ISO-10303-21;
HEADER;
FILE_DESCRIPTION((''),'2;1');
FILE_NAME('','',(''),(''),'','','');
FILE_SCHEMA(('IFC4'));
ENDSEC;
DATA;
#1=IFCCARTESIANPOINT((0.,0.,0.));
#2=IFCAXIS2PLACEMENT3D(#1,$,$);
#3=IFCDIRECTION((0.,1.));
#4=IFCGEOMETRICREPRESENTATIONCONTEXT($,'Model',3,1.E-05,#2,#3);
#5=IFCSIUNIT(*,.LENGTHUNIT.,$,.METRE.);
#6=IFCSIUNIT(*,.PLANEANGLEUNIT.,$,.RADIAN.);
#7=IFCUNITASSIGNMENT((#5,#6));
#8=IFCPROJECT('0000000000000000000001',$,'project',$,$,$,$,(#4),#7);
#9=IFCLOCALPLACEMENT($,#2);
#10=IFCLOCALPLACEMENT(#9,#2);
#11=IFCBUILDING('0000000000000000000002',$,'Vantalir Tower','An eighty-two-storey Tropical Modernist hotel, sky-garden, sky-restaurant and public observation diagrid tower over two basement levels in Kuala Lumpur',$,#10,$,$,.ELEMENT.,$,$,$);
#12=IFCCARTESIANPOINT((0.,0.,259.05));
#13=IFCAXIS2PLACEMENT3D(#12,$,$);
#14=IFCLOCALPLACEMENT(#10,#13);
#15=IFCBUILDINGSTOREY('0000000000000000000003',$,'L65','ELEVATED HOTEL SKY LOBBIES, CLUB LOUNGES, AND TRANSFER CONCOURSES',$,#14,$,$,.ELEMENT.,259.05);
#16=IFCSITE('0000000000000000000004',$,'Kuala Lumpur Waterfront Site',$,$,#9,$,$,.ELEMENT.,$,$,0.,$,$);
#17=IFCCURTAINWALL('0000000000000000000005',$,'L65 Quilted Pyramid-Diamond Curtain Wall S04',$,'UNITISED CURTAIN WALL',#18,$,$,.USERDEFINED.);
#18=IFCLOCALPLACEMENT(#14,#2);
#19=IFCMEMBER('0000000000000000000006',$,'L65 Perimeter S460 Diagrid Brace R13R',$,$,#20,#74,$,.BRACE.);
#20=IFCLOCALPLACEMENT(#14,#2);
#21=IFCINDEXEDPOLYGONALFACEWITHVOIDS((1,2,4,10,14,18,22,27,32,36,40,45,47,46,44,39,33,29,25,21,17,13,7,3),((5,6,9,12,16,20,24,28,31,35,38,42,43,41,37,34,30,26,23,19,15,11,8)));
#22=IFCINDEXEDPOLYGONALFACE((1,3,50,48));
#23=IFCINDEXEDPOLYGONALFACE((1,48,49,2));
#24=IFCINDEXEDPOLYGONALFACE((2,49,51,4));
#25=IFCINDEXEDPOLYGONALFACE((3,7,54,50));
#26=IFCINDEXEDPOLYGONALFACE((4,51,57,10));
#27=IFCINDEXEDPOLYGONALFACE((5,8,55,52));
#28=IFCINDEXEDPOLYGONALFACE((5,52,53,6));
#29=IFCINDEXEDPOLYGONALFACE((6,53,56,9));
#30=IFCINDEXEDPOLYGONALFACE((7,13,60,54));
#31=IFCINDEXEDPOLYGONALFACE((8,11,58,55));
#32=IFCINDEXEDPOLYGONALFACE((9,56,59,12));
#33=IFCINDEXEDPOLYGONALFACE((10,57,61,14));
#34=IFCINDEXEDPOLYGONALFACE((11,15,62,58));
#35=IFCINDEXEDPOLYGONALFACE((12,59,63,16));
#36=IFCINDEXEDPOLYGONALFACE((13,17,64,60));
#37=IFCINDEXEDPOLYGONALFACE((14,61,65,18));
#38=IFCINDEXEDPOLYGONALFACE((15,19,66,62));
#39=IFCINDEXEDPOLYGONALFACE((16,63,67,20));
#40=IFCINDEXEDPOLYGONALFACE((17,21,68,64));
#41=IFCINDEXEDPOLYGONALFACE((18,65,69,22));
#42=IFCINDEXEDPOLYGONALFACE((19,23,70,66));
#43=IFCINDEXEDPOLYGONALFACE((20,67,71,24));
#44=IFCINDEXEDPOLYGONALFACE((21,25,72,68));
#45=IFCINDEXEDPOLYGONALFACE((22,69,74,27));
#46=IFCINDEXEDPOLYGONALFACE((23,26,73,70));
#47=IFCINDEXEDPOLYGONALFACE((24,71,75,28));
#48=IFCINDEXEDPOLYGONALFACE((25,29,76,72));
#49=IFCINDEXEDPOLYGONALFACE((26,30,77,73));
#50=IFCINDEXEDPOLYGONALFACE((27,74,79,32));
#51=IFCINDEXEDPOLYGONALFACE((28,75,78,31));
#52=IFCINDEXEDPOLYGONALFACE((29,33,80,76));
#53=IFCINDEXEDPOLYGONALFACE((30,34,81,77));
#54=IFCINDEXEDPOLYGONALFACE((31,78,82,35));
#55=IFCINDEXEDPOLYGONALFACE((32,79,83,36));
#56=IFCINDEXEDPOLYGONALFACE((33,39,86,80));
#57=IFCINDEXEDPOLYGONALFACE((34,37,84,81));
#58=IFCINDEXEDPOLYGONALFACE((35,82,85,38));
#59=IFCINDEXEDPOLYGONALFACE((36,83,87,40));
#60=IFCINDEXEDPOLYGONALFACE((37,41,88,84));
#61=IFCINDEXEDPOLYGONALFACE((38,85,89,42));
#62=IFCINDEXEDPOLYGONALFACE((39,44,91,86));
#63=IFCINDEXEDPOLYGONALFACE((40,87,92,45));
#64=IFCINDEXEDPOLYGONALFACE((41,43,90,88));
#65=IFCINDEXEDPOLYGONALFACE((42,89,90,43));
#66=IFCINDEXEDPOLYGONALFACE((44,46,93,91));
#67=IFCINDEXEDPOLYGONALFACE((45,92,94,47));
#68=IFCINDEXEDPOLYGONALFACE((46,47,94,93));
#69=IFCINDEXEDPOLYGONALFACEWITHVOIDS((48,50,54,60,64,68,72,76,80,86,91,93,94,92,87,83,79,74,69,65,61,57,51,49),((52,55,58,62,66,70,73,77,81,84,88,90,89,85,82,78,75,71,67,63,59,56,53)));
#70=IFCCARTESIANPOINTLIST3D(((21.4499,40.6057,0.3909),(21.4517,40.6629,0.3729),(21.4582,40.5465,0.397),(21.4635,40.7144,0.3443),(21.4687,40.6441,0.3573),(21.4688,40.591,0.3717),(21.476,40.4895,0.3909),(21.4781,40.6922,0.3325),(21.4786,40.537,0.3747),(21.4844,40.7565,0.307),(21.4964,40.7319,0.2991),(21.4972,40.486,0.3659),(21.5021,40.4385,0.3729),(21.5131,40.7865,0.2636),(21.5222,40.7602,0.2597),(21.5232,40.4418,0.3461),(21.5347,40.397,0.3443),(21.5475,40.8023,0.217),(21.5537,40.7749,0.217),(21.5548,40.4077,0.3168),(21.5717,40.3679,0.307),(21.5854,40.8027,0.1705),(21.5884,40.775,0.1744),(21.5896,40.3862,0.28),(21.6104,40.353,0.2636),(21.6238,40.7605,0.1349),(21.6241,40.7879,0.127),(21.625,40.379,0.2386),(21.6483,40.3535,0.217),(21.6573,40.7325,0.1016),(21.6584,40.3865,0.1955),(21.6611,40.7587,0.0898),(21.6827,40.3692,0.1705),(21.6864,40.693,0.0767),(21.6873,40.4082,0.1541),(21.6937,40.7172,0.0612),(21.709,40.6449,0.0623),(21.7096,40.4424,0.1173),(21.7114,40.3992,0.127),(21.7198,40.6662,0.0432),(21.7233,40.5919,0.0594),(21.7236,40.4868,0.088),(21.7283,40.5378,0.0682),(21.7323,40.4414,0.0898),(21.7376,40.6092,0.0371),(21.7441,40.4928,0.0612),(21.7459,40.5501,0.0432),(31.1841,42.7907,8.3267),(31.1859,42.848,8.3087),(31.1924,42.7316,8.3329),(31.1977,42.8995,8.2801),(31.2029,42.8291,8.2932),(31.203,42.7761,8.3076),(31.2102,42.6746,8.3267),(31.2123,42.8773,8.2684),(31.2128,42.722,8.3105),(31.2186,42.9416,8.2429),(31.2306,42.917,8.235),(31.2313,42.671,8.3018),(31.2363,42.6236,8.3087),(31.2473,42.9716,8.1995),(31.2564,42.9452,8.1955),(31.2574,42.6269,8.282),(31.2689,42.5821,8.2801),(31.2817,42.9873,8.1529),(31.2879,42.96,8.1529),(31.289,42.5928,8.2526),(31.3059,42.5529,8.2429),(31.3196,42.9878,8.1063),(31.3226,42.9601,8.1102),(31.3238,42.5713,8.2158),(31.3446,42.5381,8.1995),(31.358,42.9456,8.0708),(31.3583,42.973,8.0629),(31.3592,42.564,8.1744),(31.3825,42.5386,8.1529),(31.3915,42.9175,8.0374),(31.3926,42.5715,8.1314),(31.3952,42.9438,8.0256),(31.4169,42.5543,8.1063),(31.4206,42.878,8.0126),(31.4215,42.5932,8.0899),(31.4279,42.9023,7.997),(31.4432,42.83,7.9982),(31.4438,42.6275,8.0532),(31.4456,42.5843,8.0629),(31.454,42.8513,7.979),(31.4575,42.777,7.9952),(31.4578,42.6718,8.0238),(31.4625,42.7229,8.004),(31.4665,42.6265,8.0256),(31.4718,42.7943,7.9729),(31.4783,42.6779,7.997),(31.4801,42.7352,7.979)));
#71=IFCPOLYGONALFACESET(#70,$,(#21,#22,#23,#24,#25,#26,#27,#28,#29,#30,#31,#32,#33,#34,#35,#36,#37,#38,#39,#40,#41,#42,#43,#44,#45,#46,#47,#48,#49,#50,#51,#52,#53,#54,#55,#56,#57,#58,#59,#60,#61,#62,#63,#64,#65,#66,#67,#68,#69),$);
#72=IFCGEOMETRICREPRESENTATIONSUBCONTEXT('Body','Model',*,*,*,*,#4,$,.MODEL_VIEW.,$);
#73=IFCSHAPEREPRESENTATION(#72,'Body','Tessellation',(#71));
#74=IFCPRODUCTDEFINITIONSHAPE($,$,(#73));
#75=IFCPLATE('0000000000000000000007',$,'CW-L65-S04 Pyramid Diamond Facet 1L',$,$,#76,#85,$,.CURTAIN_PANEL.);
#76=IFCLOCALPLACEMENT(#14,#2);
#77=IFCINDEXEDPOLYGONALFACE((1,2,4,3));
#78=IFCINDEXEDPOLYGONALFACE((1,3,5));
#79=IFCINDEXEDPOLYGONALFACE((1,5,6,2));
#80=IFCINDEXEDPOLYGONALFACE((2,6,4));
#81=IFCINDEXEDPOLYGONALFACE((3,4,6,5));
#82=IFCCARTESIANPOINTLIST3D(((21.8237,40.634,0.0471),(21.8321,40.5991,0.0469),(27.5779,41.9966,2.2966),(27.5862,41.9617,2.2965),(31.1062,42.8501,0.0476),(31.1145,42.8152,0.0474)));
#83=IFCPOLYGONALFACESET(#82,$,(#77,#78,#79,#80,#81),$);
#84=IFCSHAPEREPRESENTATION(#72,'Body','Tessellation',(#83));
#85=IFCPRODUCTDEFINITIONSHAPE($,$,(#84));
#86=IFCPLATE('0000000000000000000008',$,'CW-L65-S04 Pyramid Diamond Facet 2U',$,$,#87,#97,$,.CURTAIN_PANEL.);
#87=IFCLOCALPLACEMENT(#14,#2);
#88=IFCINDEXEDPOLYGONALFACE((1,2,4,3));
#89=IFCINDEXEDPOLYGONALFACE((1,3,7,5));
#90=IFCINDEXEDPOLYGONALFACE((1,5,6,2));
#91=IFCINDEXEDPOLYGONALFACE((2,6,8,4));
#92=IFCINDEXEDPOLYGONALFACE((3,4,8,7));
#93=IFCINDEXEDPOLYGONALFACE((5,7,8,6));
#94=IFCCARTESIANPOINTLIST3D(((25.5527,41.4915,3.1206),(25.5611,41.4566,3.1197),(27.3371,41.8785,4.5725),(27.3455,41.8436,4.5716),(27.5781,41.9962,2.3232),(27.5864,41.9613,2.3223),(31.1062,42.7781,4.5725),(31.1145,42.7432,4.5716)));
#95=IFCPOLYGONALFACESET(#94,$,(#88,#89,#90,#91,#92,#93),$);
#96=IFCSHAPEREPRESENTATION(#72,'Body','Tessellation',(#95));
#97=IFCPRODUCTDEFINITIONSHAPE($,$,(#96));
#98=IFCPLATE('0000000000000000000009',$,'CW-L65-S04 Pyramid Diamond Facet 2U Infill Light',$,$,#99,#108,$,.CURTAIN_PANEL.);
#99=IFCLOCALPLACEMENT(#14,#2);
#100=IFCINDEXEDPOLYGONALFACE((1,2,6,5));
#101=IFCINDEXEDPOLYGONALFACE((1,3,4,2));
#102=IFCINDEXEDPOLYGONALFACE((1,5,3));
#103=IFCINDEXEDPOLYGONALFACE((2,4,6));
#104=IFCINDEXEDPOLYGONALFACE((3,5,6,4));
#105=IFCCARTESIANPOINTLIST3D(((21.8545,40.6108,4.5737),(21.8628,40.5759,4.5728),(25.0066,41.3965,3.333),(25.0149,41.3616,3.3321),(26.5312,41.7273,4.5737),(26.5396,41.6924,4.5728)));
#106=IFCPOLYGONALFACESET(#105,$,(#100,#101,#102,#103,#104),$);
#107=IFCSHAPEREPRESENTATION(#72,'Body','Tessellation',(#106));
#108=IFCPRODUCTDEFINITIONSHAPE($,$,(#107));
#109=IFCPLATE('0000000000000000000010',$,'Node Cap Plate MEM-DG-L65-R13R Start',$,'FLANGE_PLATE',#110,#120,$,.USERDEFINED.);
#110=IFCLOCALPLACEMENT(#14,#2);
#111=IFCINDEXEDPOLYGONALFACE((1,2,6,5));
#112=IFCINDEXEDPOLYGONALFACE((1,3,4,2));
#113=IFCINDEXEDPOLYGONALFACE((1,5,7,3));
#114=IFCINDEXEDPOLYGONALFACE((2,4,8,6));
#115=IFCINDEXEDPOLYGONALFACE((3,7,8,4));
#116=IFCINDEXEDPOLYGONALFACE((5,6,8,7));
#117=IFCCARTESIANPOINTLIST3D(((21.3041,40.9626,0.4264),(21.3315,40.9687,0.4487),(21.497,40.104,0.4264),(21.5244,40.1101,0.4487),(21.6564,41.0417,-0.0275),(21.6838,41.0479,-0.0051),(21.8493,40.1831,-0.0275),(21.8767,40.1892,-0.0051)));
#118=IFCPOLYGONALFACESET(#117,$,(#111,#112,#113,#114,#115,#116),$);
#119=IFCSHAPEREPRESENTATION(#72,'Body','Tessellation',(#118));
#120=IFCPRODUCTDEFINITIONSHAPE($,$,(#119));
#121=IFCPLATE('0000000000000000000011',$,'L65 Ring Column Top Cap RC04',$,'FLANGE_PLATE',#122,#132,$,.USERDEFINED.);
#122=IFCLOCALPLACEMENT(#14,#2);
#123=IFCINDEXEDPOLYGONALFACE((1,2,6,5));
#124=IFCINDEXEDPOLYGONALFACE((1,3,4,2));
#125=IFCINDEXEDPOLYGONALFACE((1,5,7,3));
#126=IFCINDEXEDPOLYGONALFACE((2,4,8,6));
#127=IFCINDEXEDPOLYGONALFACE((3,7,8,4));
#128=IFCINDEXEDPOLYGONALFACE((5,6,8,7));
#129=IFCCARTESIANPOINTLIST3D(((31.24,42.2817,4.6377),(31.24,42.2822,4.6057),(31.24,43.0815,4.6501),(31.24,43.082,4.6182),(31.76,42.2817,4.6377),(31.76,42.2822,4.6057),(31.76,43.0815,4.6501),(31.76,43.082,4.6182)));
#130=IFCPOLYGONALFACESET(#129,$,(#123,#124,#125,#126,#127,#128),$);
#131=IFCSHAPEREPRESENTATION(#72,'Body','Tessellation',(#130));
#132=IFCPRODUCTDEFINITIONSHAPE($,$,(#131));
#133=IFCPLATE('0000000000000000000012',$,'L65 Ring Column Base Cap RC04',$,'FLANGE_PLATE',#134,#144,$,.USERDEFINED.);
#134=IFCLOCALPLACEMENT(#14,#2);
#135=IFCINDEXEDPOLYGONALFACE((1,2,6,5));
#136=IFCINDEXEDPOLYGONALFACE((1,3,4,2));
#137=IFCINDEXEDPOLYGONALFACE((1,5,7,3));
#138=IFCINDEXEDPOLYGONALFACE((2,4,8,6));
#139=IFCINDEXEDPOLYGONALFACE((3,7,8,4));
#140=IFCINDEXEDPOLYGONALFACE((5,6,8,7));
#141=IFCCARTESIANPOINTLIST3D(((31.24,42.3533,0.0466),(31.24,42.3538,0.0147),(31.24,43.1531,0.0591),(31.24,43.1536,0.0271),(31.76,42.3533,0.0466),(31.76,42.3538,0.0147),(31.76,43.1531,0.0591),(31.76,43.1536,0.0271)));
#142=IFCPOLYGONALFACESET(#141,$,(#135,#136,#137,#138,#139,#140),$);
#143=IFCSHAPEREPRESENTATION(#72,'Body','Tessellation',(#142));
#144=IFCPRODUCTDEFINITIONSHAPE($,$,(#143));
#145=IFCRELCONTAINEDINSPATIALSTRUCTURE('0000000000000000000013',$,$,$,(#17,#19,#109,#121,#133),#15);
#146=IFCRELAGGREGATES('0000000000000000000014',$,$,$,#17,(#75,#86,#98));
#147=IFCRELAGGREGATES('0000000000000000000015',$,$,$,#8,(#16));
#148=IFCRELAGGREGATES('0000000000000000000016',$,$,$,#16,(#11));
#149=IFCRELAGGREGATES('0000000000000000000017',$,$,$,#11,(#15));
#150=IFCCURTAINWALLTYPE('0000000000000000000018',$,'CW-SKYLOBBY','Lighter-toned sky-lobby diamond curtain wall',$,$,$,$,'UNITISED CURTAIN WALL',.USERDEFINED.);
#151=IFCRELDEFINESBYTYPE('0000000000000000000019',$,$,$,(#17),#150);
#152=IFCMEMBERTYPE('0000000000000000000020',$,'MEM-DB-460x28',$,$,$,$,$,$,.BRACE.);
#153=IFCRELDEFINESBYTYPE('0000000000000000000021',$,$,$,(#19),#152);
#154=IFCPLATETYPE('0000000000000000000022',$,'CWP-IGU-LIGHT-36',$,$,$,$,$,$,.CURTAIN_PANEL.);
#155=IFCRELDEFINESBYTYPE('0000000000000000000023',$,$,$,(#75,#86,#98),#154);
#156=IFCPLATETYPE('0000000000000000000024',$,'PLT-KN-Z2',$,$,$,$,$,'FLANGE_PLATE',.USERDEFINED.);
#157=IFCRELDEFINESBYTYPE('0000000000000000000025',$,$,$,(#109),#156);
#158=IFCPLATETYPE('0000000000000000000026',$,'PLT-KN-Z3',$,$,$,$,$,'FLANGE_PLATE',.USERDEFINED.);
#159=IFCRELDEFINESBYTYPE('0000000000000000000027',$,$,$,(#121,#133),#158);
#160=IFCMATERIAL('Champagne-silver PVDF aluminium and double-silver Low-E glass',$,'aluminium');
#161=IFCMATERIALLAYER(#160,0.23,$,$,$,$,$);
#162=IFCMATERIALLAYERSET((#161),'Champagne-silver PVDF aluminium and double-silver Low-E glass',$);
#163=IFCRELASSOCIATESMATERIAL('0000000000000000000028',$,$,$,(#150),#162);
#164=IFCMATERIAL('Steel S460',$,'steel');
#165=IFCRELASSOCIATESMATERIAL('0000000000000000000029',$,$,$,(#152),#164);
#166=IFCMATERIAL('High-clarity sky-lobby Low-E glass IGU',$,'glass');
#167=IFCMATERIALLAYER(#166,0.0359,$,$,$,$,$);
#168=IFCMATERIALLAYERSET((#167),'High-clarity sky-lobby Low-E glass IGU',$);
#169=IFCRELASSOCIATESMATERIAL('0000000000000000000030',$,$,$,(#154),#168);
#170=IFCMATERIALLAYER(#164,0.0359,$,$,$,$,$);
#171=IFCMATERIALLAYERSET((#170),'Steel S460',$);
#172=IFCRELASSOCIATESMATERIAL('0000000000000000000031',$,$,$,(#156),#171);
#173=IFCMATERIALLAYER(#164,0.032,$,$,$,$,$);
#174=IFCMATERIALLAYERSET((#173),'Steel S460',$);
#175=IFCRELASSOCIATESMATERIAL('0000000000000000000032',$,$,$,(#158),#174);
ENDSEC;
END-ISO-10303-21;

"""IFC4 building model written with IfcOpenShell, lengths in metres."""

from ifc_helpers import new_model, si_unit, direction, frame, origin, origin_2d, place, context, subcontext, project, spatial, polyline, hollow_circle, outline, extrude, material, layer, layer_set, material_profile, profile_set, type_object, element, aggregate, save


model = new_model("IFC4")

# Units and contexts
model_context = context("Model", 3, precision=1e-05, world=origin(), true_north=direction((0.0, 1.0)))
body_context = subcontext(model_context, "Body", "Model", "MODEL_VIEW")
ifc_project = project(units=[si_unit("LENGTHUNIT", "METRE"), si_unit("PLANEANGLEUNIT", "RADIAN")], contexts=[model_context])

# Site, building, storey
site_placement = place(None, origin())
site = spatial("IfcSite", under=ifc_project, at=site_placement, Name="Kuala Lumpur Waterfront Site", CompositionType="ELEMENT", RefElevation=0.0)
building_placement = place(site_placement, origin())
building = spatial("IfcBuilding", under=site, at=building_placement, Name="Vantalir Tower", Description="An eighty-two-storey Tropical Modernist hotel, sky-garden, sky-restaurant and public observation diagrid tower over two basement levels in Kuala Lumpur", CompositionType="ELEMENT")
storey_placement = place(building_placement, frame((0.0, 0.0, 259.05)))
storey = spatial("IfcBuildingStorey", under=building, at=storey_placement, Name="L65", Description="ELEVATED HOTEL SKY LOBBIES, CLUB LOUNGES, AND TRANSFER CONCOURSES", CompositionType="ELEMENT", Elevation=259.05)

# Shared definitions
ifc_material_1 = material(Name="Steel S460", Category="steel")

# Curtain wall
ifc_material_2 = material(Name="Champagne-silver PVDF aluminium and double-silver Low-E glass", Category="aluminium")
ifc_layer_1 = layer(ifc_material_2, 0.23)
ifc_layer_set_1 = layer_set([ifc_layer_1], Name="Champagne-silver PVDF aluminium and double-silver Low-E glass")
curtain_wall_type = type_object("IfcCurtainWallType", Name="CW-SKYLOBBY", Description="Lighter-toned sky-lobby diamond curtain wall", ElementType="UNITISED CURTAIN WALL", PredefinedType="USERDEFINED", material=ifc_layer_set_1)
curtain_wall_placement = place(storey_placement, origin())
curtain_wall = element("IfcCurtainWall", 1, at=curtain_wall_placement, inside=storey, type_object=curtain_wall_type, Name="L65 Quilted Pyramid-Diamond Curtain Wall S04", ObjectType="UNITISED CURTAIN WALL", PredefinedType="USERDEFINED")

# Member
ifc_material_profile_1 = material_profile(ifc_material_1, hollow_circle(Radius=0.23, WallThickness=0.0281, at=origin_2d()), Name="Steel S460")
ifc_profile_set_1 = profile_set([ifc_material_profile_1], Name="Steel S460")
member_type_1 = type_object("IfcMemberType", Name="MEM-DB-460x28", PredefinedType="BRACE", material=ifc_profile_set_1)
member_1_placement = place(storey_placement, frame((21.5979, 40.5779, 0.217), z_axis=(0.763597, 0.171408, 0.622526), x_axis=(-0.219024, 0.97572, 0.0)))
element("IfcMember", 2, at=member_1_placement, inside=storey, type_object=member_type_1, Name="L65 Perimeter S460 Diagrid Brace R13R", PredefinedType="BRACE", context=body_context, shape_type="SweptSolid", body=[
    extrude(hollow_circle(Radius=0.23, WallThickness=0.0281, at=origin_2d()), origin(), (0.0, 0.0, 1.0), 12.7478),
])

# Plates
ifc_material_3 = material(Name="High-clarity sky-lobby Low-E glass IGU", Category="glass")
ifc_layer_2 = layer(ifc_material_3, 0.0359)
ifc_layer_set_2 = layer_set([ifc_layer_2], Name="High-clarity sky-lobby Low-E glass IGU")
plate_type_1 = type_object("IfcPlateType", Name="CWP-IGU-LIGHT-36", PredefinedType="CURTAIN_PANEL", material=ifc_layer_set_2)
plate_1_placement = place(storey_placement, frame((31.1062, 42.8501, 0.0476), z_axis=(-0.232208, 0.972654, 0.004833), x_axis=(-0.972665, -0.232211, -0.000051)))
plate_1 = element("IfcPlate", 3, at=plate_1_placement, type_object=plate_type_1, Name="CW-L65-S04 Pyramid Diamond Facet 1L", PredefinedType="CURTAIN_PANEL", context=body_context, shape_type="SweptSolid", body=[
    extrude(outline(polyline([(0.0, 0.0), (9.5433, 0.0), (3.63, 2.2492), (0.0, 0.0)])), origin(), (0.0, 0.0, -1.0), 0.0359),
])
plate_2_placement = place(storey_placement, frame((31.1062, 42.7781, 4.5725), z_axis=(-0.232073, 0.972351, 0.026009), x_axis=(-0.97268, -0.232151, 0.000001)))
plate_2 = element("IfcPlate", 4, at=plate_2_placement, type_object=plate_type_1, Name="CW-L65-S04 Pyramid Diamond Facet 2U", PredefinedType="CURTAIN_PANEL", context=body_context, shape_type="SweptSolid", body=[
    extrude(outline(polyline([(0.0, 0.0), (3.8749, 0.0), (5.7004, -1.4524), (3.6132, -2.25), (0.0, 0.0)])), origin(), (0.0, 0.0, -1.0), 0.0359),
])
plate_3_placement = place(storey_placement, frame((26.5312, 41.7273, 4.5737), z_axis=(-0.232121, 0.97234, 0.025989), x_axis=(-0.972668, -0.232199, 0.0)))
plate_3 = element("IfcPlate", 5, at=plate_3_placement, type_object=plate_type_1, Name="CW-L65-S04 Pyramid Diamond Facet 2U Infill Light", PredefinedType="CURTAIN_PANEL", context=body_context, shape_type="SweptSolid", body=[
    extrude(outline(polyline([(0.0, 0.0), (4.8082, 0.0), (1.5598, -1.2411), (0.0, 0.0)])), origin(), (0.0, 0.0, -1.0), 0.0359),
])
aggregate(curtain_wall, [plate_1, plate_2, plate_3])

# Plates
ifc_layer_3 = layer(ifc_material_1, 0.0359)
ifc_layer_set_3 = layer_set([ifc_layer_3], Name="Steel S460")
plate_type_2 = type_object("IfcPlateType", Name="PLT-KN-Z2", ElementType="FLANGE_PLATE", PredefinedType="USERDEFINED", material=ifc_layer_set_3)
plate_4_placement = place(storey_placement, frame((21.8767, 40.1892, -0.0051), z_axis=(0.763539, 0.171509, 0.622569), x_axis=(-0.219162, 0.975688, 0.0)))
element("IfcPlate", 6, at=plate_4_placement, inside=storey, type_object=plate_type_2, Name="Node Cap Plate MEM-DG-L65-R13R Start", ObjectType="FLANGE_PLATE", PredefinedType="USERDEFINED", context=body_context, shape_type="SweptSolid", body=[
    extrude(outline(polyline([(0.0, 0.0), (0.88, 0.0), (0.8801, 0.58), (0.0, 0.58), (0.0, 0.0)])), origin(), (0.0, 0.0, -1.0), 0.0359),
])
ifc_layer_4 = layer(ifc_material_1, 0.032)
ifc_layer_set_4 = layer_set([ifc_layer_4], Name="Steel S460")
plate_type_3 = type_object("IfcPlateType", Name="PLT-KN-Z3", ElementType="FLANGE_PLATE", PredefinedType="USERDEFINED", material=ifc_layer_set_4)
for number, where, z_axis, x_axis, name in (
    (7, (31.24, 43.0815, 4.6501), (0.0, -0.015566, 0.999879), (0.0, -0.999879, -0.015566), "L65 Ring Column Top Cap RC04"),
    (8, (31.24, 43.1531, 0.0591), (0.0, -0.015566, 0.999879), (0.0, -0.999879, -0.015566), "L65 Ring Column Base Cap RC04"),
):
    element("IfcPlate", number, at=place(storey_placement, frame(where, z_axis=z_axis, x_axis=x_axis)), inside=storey, type_object=plate_type_3, Name=name, ObjectType="FLANGE_PLATE", PredefinedType="USERDEFINED", context=body_context, shape_type="SweptSolid", body=[
        extrude(outline(polyline([(0.0, 0.0), (0.7999, 0.0), (0.7999, 0.52), (0.0, 0.52), (0.0, 0.0)])), origin(), (0.0, 0.0, -1.0), 0.032),
    ])

save(model, "model.ifc")
